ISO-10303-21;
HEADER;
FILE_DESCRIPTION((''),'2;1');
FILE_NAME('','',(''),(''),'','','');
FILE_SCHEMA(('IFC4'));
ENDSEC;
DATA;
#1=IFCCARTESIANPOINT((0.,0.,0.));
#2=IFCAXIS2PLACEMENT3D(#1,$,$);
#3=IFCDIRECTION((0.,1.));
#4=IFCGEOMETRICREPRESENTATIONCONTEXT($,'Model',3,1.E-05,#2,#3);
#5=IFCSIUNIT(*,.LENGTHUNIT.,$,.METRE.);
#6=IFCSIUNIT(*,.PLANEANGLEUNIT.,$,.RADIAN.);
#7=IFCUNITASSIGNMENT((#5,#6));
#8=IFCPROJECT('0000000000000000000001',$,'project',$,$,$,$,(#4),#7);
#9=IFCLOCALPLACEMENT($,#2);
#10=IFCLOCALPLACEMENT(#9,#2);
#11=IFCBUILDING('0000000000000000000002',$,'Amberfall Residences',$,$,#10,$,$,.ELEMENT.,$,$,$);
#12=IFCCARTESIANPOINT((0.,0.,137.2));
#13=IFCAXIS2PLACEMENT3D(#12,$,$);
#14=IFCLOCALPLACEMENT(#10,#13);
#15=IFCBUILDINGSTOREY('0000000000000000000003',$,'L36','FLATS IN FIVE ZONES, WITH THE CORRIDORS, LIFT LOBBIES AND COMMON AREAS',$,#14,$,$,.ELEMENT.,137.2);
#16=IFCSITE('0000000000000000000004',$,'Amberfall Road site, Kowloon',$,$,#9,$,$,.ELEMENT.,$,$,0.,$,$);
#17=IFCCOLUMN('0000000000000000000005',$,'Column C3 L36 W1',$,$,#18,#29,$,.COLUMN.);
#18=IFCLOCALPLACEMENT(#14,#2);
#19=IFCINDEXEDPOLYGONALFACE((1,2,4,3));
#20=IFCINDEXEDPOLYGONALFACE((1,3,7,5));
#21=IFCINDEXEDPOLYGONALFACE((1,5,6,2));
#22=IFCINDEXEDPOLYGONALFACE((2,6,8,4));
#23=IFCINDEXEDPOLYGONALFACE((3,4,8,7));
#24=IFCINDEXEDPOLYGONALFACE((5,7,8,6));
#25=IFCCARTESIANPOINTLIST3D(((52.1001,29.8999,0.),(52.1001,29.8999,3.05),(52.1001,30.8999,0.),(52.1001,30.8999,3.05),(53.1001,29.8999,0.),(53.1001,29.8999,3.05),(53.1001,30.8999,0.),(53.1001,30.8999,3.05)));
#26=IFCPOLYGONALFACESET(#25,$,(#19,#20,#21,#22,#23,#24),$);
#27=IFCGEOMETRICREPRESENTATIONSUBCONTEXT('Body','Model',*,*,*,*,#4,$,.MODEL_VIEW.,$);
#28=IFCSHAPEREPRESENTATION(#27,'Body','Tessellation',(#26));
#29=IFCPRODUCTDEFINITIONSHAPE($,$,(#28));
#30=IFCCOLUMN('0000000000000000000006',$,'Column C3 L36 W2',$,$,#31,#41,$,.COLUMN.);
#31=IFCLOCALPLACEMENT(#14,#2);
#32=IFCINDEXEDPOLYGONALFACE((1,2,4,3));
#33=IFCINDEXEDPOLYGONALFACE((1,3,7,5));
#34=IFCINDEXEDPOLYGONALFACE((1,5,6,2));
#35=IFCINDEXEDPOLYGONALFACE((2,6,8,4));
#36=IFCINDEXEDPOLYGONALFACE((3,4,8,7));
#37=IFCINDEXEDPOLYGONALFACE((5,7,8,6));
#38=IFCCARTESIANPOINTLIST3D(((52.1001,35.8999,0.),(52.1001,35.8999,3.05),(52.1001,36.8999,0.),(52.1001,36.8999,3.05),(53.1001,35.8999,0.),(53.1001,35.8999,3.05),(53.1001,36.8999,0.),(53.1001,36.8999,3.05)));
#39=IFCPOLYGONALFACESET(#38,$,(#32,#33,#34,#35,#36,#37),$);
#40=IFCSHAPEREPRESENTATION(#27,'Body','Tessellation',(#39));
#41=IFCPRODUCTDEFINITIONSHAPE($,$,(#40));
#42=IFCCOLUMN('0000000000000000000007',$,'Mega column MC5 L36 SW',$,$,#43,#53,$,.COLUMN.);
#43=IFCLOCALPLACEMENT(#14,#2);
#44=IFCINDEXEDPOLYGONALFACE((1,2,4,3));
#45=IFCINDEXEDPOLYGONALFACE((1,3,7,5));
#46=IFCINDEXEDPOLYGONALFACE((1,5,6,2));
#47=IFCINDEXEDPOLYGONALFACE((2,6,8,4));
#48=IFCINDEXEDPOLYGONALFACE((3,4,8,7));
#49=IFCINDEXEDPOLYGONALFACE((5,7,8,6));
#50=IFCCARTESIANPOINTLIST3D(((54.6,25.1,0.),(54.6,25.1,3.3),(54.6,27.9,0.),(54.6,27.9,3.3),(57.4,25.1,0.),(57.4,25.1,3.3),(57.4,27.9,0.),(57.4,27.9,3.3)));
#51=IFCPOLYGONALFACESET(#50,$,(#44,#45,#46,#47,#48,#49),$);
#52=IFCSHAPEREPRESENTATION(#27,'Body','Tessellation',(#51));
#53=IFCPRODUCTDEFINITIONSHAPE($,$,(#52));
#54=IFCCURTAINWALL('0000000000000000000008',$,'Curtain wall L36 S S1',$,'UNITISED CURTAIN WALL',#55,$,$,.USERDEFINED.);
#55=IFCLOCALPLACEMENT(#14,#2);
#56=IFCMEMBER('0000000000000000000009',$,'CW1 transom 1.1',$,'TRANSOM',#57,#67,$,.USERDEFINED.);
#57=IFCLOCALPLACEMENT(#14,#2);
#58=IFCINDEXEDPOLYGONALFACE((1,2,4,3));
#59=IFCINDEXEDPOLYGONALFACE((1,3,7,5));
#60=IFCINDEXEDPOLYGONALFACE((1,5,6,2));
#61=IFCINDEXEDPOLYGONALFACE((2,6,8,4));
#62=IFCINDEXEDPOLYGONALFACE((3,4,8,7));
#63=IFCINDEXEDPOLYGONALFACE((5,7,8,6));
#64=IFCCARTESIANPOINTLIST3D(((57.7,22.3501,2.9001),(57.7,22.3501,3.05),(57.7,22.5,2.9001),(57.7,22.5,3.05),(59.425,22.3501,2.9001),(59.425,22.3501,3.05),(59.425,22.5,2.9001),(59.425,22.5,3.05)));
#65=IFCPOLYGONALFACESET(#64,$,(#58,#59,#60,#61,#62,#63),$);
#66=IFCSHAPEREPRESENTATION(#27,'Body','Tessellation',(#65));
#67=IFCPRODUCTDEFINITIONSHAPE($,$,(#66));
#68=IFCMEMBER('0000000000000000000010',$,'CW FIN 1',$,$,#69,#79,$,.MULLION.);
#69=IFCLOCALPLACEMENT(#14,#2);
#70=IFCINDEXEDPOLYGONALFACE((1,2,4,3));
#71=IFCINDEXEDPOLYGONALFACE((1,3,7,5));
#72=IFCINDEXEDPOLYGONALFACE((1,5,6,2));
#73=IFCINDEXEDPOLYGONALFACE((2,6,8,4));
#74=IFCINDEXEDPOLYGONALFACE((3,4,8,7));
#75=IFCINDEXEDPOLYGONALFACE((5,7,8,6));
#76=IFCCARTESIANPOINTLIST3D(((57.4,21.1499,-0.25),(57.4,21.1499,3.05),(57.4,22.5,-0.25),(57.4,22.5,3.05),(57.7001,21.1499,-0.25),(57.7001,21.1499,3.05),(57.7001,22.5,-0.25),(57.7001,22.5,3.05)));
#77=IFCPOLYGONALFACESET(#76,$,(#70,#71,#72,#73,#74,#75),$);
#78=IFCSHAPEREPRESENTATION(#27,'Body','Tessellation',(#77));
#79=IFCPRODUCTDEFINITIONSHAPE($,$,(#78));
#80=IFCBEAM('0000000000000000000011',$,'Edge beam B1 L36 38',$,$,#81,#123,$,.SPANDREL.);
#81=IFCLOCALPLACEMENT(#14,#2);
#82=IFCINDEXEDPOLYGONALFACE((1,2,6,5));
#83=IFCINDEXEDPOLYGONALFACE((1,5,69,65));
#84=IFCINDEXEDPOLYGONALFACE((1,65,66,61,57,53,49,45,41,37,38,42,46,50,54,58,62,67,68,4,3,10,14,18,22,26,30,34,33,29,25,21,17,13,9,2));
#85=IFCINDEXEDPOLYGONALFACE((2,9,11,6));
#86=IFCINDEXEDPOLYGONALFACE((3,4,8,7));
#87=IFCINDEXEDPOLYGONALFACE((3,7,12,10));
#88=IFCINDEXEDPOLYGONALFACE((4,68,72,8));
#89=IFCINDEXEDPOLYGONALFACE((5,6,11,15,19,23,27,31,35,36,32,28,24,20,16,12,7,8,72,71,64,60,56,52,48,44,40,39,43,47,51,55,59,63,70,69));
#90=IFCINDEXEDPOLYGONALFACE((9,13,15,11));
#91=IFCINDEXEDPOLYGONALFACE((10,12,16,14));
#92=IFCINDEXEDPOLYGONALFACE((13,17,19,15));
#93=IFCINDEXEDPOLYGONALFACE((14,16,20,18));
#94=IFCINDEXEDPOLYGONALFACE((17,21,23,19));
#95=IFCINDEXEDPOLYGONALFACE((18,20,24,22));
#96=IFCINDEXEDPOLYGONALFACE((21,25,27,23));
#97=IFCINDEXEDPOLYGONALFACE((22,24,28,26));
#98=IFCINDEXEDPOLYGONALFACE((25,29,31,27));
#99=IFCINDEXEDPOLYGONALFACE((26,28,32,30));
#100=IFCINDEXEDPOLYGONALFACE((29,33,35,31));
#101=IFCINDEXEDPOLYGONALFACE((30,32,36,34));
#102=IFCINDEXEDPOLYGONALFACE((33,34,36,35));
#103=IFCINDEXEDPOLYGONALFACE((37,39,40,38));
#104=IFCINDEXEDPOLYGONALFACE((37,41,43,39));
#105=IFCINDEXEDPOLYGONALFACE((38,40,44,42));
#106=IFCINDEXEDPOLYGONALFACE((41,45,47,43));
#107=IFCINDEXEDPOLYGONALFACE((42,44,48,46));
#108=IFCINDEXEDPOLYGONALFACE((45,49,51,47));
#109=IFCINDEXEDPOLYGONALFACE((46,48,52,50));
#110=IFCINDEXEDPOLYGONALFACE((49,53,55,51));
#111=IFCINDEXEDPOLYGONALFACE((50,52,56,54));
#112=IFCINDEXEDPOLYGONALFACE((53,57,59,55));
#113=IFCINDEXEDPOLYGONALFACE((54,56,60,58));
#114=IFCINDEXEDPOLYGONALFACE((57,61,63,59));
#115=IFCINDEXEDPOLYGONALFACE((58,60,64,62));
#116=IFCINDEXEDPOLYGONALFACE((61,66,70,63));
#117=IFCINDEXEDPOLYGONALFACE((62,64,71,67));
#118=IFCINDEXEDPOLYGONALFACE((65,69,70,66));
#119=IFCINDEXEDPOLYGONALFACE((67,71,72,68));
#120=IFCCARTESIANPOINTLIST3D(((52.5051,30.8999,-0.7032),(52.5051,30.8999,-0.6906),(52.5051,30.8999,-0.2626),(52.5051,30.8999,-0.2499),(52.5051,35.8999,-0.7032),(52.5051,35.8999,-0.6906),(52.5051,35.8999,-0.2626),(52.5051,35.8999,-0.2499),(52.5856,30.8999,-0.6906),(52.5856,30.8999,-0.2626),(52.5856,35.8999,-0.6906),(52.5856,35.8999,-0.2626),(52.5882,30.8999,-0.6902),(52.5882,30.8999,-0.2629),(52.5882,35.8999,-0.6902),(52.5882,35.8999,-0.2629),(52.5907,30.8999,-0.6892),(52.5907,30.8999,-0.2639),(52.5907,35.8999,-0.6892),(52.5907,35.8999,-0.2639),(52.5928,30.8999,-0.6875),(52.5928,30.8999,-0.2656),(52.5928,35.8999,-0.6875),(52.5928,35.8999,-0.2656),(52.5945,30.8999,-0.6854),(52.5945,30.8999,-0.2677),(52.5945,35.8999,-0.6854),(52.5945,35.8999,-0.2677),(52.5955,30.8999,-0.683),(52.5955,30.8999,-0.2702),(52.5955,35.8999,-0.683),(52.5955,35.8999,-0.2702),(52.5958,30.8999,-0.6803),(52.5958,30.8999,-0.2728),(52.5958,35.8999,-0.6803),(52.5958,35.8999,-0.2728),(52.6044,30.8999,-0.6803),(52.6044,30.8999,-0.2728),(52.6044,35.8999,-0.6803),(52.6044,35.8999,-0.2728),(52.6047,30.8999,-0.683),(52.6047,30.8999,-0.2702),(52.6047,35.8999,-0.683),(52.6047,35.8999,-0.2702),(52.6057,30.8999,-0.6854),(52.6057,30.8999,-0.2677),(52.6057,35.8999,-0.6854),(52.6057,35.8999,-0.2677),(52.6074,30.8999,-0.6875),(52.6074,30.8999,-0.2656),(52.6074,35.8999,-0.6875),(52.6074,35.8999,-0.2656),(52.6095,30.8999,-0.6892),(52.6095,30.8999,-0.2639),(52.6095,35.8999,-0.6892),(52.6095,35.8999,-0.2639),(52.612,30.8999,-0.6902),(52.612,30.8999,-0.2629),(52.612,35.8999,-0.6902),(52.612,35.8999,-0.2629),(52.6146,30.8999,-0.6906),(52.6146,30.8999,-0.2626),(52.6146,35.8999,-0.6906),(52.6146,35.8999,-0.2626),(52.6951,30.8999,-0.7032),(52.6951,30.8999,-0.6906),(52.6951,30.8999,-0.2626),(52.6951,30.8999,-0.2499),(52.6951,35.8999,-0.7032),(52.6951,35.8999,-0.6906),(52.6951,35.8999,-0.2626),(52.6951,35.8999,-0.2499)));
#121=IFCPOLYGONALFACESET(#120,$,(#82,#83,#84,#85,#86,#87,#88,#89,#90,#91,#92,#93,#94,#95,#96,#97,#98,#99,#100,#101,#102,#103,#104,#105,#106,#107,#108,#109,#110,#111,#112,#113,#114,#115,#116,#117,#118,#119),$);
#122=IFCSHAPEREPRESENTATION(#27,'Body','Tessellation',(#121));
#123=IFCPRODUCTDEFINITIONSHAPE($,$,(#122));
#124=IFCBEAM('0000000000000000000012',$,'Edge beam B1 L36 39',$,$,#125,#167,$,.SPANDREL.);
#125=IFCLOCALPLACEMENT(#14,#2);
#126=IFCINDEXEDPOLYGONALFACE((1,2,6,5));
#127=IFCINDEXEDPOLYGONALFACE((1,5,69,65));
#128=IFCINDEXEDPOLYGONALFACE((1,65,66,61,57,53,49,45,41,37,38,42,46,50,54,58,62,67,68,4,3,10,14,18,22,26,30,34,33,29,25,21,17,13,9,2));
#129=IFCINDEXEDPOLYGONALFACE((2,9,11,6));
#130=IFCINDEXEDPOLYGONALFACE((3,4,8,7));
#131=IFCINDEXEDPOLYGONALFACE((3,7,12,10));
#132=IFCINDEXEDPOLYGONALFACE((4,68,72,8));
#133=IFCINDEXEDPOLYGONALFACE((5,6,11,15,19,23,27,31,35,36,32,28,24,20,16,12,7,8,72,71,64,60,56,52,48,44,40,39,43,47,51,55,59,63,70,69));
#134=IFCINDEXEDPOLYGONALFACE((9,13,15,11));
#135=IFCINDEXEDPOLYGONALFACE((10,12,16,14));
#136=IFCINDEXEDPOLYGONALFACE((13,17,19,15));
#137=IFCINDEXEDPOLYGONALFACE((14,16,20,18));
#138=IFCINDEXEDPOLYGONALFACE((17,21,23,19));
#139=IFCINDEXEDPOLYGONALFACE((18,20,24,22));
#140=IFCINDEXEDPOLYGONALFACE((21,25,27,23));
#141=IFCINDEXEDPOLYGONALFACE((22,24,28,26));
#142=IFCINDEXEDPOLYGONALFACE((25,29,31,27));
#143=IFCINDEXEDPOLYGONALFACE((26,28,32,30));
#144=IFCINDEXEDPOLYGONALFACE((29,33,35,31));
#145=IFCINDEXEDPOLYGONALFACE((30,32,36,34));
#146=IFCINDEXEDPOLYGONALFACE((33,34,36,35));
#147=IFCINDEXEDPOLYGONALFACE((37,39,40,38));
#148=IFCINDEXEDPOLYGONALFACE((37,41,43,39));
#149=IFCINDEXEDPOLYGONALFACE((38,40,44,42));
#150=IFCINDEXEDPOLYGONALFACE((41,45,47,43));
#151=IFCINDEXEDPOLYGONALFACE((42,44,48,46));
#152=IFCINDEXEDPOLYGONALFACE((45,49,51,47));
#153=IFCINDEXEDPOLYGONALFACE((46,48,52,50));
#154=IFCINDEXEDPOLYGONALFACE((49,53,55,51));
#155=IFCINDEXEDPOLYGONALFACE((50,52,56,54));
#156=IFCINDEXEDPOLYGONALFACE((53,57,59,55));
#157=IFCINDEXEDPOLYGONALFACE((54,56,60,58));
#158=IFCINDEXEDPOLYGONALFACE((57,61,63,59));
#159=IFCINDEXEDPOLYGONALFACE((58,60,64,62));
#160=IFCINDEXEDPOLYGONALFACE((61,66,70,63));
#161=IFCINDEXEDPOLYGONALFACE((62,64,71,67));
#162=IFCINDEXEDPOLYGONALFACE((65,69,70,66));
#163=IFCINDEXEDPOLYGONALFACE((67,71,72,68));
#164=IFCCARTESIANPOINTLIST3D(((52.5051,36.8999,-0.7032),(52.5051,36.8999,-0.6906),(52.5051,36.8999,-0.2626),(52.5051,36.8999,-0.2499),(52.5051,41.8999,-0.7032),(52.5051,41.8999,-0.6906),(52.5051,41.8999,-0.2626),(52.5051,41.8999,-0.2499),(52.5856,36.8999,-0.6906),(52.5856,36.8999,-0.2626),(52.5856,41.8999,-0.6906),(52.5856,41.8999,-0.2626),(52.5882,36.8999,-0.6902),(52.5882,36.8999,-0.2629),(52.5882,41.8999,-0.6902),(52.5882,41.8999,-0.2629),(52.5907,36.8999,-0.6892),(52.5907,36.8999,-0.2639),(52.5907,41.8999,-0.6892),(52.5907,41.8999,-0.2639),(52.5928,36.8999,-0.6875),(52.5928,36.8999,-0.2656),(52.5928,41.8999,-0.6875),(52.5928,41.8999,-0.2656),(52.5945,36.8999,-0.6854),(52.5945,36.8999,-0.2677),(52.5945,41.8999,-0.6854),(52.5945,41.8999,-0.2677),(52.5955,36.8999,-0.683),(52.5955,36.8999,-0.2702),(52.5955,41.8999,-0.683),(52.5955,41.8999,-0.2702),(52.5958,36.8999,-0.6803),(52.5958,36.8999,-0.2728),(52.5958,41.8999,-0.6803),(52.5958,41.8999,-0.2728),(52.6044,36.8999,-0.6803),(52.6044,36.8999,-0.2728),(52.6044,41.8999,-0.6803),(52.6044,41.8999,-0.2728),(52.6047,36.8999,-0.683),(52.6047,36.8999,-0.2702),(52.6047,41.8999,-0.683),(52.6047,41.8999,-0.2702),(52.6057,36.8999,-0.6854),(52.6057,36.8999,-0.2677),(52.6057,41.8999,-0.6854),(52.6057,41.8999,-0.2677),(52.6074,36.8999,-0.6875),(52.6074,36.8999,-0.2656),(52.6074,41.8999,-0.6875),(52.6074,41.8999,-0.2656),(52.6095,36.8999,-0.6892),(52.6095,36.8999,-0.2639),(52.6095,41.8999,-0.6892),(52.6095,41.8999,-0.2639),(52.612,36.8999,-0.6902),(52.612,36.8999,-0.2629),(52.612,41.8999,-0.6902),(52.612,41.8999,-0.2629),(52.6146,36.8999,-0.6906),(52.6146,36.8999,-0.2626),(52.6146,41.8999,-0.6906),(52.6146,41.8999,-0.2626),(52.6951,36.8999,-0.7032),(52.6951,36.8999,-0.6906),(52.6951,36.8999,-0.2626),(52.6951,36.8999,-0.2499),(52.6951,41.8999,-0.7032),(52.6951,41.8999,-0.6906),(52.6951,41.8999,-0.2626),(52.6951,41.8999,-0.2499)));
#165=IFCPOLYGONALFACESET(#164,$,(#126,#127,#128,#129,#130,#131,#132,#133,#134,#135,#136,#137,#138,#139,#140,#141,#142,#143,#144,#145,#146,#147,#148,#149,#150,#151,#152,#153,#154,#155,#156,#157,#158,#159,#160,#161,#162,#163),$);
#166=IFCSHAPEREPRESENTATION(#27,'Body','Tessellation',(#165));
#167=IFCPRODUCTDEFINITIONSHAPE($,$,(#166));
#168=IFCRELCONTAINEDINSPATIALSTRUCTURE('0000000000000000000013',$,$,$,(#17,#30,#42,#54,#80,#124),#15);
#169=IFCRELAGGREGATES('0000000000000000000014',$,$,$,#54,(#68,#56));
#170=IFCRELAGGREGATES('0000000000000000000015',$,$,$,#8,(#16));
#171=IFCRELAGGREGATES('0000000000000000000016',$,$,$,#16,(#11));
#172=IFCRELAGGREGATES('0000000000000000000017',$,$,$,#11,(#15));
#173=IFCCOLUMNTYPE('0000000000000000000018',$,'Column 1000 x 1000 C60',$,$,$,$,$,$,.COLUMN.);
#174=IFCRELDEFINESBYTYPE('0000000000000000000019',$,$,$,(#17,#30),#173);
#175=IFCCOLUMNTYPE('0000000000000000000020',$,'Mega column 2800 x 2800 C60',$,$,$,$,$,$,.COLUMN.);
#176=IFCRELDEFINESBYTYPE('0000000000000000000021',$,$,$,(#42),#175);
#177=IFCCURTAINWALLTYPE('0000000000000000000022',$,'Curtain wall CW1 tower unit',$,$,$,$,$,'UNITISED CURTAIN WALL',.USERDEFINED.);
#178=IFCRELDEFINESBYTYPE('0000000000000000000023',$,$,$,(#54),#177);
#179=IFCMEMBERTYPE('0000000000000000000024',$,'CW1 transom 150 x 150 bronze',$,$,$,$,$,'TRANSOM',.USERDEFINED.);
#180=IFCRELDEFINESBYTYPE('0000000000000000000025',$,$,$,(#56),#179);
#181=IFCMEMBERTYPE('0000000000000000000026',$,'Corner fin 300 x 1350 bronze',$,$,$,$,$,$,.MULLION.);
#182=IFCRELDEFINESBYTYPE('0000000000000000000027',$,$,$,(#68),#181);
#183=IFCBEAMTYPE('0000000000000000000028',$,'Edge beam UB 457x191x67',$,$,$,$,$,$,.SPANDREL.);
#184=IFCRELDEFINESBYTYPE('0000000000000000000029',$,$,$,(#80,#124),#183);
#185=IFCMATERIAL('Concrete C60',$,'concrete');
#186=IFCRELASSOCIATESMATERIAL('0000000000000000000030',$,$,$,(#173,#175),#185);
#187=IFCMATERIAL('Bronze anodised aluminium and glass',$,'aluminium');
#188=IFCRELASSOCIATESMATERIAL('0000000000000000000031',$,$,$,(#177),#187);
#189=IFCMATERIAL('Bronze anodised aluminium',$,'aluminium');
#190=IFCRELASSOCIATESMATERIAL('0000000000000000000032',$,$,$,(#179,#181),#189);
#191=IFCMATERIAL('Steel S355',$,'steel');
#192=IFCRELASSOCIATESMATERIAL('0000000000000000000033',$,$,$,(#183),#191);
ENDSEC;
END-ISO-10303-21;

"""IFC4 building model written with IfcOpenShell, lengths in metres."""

from ifc_helpers import new_model, si_unit, direction, frame, origin, origin_2d, place, context, subcontext, project, spatial, rectangle, i_section, extrude, material, material_profile, profile_set, type_object, element, aggregate, save


model = new_model("IFC4")

# Units and contexts
model_context = context("Model", 3, precision=1e-05, world=origin(), true_north=direction((0.0, 1.0)))
body_context = subcontext(model_context, "Body", "Model", "MODEL_VIEW")
ifc_project = project(units=[si_unit("LENGTHUNIT", "METRE"), si_unit("PLANEANGLEUNIT", "RADIAN")], contexts=[model_context])

# Site, building, storey
site_placement = place(None, origin())
site = spatial("IfcSite", under=ifc_project, at=site_placement, Name="Amberfall Road site, Kowloon", CompositionType="ELEMENT", RefElevation=0.0)
building_placement = place(site_placement, origin())
building = spatial("IfcBuilding", under=site, at=building_placement, Name="Amberfall Residences", CompositionType="ELEMENT")
storey_placement = place(building_placement, frame((0.0, 0.0, 137.2)))
storey = spatial("IfcBuildingStorey", under=building, at=storey_placement, Name="L36", Description="FLATS IN FIVE ZONES, WITH THE CORRIDORS, LIFT LOBBIES AND COMMON AREAS", CompositionType="ELEMENT", Elevation=137.2)

# Columns
ifc_material_1 = material(Name="Concrete C60", Category="concrete")
ifc_material_profile_1 = material_profile(ifc_material_1, rectangle(XDim=1.0, YDim=1.0, at=origin_2d()), Name="Column 1000 x 1000 C60")
ifc_profile_set_1 = profile_set([ifc_material_profile_1], Name="Concrete C60")
column_type_1 = type_object("IfcColumnType", Name="Column 1000 x 1000 C60", PredefinedType="COLUMN", material=ifc_profile_set_1)
for number, where, z_axis, x_axis, name in (
    (1, (52.6001, 30.3999, 0.0), (0.0, 0.0, 1.0), (1.0, 0.0, 0.0), "Column C3 L36 W1"),
    (2, (52.6001, 36.3999, 0.0), (0.0, 0.0, 1.0), (1.0, 0.0, 0.0), "Column C3 L36 W2"),
):
    element("IfcColumn", number, at=place(storey_placement, frame(where, z_axis=z_axis, x_axis=x_axis)), inside=storey, type_object=column_type_1, Name=name, PredefinedType="COLUMN", context=body_context, shape_type="SweptSolid", body=[
        extrude(rectangle(XDim=1.0, YDim=1.0, at=origin_2d()), origin(), (0.0, 0.0, 1.0), 3.05),
    ])
ifc_material_profile_2 = material_profile(ifc_material_1, rectangle(XDim=2.8, YDim=2.8, at=origin_2d()), Name="Mega column 2800 x 2800 C60")
ifc_profile_set_2 = profile_set([ifc_material_profile_2], Name="Concrete C60")
column_type_2 = type_object("IfcColumnType", Name="Mega column 2800 x 2800 C60", PredefinedType="COLUMN", material=ifc_profile_set_2)
column_placement = place(storey_placement, frame((56.0, 26.5, 0.0), z_axis=(0.0, 0.0, 1.0), x_axis=(1.0, 0.0, 0.0)))
element("IfcColumn", 3, at=column_placement, inside=storey, type_object=column_type_2, Name="Mega column MC5 L36 SW", PredefinedType="COLUMN", context=body_context, shape_type="SweptSolid", body=[
    extrude(rectangle(XDim=2.8, YDim=2.8, at=origin_2d()), origin(), (0.0, 0.0, 1.0), 3.3),
])

# Curtain wall, members
ifc_material_2 = material(Name="Bronze anodised aluminium and glass", Category="aluminium")
curtain_wall_type = type_object("IfcCurtainWallType", Name="Curtain wall CW1 tower unit", ElementType="UNITISED CURTAIN WALL", PredefinedType="USERDEFINED", material=ifc_material_2)
curtain_wall_placement = place(storey_placement, origin())
curtain_wall = element("IfcCurtainWall", 4, at=curtain_wall_placement, inside=storey, type_object=curtain_wall_type, Name="Curtain wall L36 S S1", ObjectType="UNITISED CURTAIN WALL", PredefinedType="USERDEFINED")
ifc_material_3 = material(Name="Bronze anodised aluminium", Category="aluminium")
ifc_material_profile_3 = material_profile(ifc_material_3, rectangle(XDim=0.1499, YDim=0.1499, at=origin_2d()), Name="CW1 transom 150 x 150 bronze")
ifc_profile_set_3 = profile_set([ifc_material_profile_3], Name="Bronze anodised aluminium")
member_type_1 = type_object("IfcMemberType", Name="CW1 transom 150 x 150 bronze", ElementType="TRANSOM", PredefinedType="USERDEFINED", material=ifc_profile_set_3)
member_1_placement = place(storey_placement, frame((57.7, 22.425, 2.9751), z_axis=(1.0, 0.0, 0.0), x_axis=(0.0, 1.0, 0.0)))
member_1 = element("IfcMember", 5, at=member_1_placement, type_object=member_type_1, Name="CW1 transom 1.1", ObjectType="TRANSOM", PredefinedType="USERDEFINED", context=body_context, shape_type="SweptSolid", body=[
    extrude(rectangle(XDim=0.1499, YDim=0.1499, at=origin_2d()), origin(), (0.0, 0.0, 1.0), 1.7251),
])
ifc_material_profile_4 = material_profile(ifc_material_3, rectangle(XDim=1.3501, YDim=0.3, at=origin_2d()), Name="Corner fin 300 x 1350 bronze")
ifc_profile_set_4 = profile_set([ifc_material_profile_4], Name="Bronze anodised aluminium")
member_type_2 = type_object("IfcMemberType", Name="Corner fin 300 x 1350 bronze", PredefinedType="MULLION", material=ifc_profile_set_4)
member_2_placement = place(storey_placement, frame((57.55, 21.825, -0.25), z_axis=(0.0, 0.0, 1.0), x_axis=(0.0, 1.0, 0.0)))
member_2 = element("IfcMember", 6, at=member_2_placement, type_object=member_type_2, Name="CW FIN 1", PredefinedType="MULLION", context=body_context, shape_type="SweptSolid", body=[
    extrude(rectangle(XDim=1.3501, YDim=0.3, at=origin_2d()), origin(), (0.0, 0.0, 1.0), 3.3),
])

# Beams
ifc_material_4 = material(Name="Steel S355", Category="steel")
ifc_material_profile_5 = material_profile(ifc_material_4, i_section(OverallWidth=0.1899, OverallDepth=0.4534, WebThickness=0.0085, FlangeThickness=0.0127, FilletRadius=0.0103, at=origin_2d()), Name="UB 457x191x67")
ifc_profile_set_5 = profile_set([ifc_material_profile_5], Name="Steel S355")
beam_type_1 = type_object("IfcBeamType", Name="Edge beam UB 457x191x67", PredefinedType="SPANDREL", material=ifc_profile_set_5)
for number, where, z_axis, x_axis, name in (
    (7, (52.6001, 30.8999, -0.4766), (0.0, 1.0, 0.0), (-1.0, 0.0, 0.0), "Edge beam B1 L36 38"),
    (8, (52.6001, 36.8999, -0.4766), (0.0, 1.0, 0.0), (-1.0, 0.0, 0.0), "Edge beam B1 L36 39"),
):
    element("IfcBeam", number, at=place(storey_placement, frame(where, z_axis=z_axis, x_axis=x_axis)), inside=storey, type_object=beam_type_1, Name=name, PredefinedType="SPANDREL", context=body_context, shape_type="SweptSolid", body=[
        extrude(i_section(OverallWidth=0.1899, OverallDepth=0.4534, WebThickness=0.0085, FlangeThickness=0.0127, FilletRadius=0.0103, at=origin_2d()), origin(), (0.0, 0.0, 1.0), 5.0),
    ])

aggregate(curtain_wall, [member_2, member_1])

save(model, "model.ifc")
